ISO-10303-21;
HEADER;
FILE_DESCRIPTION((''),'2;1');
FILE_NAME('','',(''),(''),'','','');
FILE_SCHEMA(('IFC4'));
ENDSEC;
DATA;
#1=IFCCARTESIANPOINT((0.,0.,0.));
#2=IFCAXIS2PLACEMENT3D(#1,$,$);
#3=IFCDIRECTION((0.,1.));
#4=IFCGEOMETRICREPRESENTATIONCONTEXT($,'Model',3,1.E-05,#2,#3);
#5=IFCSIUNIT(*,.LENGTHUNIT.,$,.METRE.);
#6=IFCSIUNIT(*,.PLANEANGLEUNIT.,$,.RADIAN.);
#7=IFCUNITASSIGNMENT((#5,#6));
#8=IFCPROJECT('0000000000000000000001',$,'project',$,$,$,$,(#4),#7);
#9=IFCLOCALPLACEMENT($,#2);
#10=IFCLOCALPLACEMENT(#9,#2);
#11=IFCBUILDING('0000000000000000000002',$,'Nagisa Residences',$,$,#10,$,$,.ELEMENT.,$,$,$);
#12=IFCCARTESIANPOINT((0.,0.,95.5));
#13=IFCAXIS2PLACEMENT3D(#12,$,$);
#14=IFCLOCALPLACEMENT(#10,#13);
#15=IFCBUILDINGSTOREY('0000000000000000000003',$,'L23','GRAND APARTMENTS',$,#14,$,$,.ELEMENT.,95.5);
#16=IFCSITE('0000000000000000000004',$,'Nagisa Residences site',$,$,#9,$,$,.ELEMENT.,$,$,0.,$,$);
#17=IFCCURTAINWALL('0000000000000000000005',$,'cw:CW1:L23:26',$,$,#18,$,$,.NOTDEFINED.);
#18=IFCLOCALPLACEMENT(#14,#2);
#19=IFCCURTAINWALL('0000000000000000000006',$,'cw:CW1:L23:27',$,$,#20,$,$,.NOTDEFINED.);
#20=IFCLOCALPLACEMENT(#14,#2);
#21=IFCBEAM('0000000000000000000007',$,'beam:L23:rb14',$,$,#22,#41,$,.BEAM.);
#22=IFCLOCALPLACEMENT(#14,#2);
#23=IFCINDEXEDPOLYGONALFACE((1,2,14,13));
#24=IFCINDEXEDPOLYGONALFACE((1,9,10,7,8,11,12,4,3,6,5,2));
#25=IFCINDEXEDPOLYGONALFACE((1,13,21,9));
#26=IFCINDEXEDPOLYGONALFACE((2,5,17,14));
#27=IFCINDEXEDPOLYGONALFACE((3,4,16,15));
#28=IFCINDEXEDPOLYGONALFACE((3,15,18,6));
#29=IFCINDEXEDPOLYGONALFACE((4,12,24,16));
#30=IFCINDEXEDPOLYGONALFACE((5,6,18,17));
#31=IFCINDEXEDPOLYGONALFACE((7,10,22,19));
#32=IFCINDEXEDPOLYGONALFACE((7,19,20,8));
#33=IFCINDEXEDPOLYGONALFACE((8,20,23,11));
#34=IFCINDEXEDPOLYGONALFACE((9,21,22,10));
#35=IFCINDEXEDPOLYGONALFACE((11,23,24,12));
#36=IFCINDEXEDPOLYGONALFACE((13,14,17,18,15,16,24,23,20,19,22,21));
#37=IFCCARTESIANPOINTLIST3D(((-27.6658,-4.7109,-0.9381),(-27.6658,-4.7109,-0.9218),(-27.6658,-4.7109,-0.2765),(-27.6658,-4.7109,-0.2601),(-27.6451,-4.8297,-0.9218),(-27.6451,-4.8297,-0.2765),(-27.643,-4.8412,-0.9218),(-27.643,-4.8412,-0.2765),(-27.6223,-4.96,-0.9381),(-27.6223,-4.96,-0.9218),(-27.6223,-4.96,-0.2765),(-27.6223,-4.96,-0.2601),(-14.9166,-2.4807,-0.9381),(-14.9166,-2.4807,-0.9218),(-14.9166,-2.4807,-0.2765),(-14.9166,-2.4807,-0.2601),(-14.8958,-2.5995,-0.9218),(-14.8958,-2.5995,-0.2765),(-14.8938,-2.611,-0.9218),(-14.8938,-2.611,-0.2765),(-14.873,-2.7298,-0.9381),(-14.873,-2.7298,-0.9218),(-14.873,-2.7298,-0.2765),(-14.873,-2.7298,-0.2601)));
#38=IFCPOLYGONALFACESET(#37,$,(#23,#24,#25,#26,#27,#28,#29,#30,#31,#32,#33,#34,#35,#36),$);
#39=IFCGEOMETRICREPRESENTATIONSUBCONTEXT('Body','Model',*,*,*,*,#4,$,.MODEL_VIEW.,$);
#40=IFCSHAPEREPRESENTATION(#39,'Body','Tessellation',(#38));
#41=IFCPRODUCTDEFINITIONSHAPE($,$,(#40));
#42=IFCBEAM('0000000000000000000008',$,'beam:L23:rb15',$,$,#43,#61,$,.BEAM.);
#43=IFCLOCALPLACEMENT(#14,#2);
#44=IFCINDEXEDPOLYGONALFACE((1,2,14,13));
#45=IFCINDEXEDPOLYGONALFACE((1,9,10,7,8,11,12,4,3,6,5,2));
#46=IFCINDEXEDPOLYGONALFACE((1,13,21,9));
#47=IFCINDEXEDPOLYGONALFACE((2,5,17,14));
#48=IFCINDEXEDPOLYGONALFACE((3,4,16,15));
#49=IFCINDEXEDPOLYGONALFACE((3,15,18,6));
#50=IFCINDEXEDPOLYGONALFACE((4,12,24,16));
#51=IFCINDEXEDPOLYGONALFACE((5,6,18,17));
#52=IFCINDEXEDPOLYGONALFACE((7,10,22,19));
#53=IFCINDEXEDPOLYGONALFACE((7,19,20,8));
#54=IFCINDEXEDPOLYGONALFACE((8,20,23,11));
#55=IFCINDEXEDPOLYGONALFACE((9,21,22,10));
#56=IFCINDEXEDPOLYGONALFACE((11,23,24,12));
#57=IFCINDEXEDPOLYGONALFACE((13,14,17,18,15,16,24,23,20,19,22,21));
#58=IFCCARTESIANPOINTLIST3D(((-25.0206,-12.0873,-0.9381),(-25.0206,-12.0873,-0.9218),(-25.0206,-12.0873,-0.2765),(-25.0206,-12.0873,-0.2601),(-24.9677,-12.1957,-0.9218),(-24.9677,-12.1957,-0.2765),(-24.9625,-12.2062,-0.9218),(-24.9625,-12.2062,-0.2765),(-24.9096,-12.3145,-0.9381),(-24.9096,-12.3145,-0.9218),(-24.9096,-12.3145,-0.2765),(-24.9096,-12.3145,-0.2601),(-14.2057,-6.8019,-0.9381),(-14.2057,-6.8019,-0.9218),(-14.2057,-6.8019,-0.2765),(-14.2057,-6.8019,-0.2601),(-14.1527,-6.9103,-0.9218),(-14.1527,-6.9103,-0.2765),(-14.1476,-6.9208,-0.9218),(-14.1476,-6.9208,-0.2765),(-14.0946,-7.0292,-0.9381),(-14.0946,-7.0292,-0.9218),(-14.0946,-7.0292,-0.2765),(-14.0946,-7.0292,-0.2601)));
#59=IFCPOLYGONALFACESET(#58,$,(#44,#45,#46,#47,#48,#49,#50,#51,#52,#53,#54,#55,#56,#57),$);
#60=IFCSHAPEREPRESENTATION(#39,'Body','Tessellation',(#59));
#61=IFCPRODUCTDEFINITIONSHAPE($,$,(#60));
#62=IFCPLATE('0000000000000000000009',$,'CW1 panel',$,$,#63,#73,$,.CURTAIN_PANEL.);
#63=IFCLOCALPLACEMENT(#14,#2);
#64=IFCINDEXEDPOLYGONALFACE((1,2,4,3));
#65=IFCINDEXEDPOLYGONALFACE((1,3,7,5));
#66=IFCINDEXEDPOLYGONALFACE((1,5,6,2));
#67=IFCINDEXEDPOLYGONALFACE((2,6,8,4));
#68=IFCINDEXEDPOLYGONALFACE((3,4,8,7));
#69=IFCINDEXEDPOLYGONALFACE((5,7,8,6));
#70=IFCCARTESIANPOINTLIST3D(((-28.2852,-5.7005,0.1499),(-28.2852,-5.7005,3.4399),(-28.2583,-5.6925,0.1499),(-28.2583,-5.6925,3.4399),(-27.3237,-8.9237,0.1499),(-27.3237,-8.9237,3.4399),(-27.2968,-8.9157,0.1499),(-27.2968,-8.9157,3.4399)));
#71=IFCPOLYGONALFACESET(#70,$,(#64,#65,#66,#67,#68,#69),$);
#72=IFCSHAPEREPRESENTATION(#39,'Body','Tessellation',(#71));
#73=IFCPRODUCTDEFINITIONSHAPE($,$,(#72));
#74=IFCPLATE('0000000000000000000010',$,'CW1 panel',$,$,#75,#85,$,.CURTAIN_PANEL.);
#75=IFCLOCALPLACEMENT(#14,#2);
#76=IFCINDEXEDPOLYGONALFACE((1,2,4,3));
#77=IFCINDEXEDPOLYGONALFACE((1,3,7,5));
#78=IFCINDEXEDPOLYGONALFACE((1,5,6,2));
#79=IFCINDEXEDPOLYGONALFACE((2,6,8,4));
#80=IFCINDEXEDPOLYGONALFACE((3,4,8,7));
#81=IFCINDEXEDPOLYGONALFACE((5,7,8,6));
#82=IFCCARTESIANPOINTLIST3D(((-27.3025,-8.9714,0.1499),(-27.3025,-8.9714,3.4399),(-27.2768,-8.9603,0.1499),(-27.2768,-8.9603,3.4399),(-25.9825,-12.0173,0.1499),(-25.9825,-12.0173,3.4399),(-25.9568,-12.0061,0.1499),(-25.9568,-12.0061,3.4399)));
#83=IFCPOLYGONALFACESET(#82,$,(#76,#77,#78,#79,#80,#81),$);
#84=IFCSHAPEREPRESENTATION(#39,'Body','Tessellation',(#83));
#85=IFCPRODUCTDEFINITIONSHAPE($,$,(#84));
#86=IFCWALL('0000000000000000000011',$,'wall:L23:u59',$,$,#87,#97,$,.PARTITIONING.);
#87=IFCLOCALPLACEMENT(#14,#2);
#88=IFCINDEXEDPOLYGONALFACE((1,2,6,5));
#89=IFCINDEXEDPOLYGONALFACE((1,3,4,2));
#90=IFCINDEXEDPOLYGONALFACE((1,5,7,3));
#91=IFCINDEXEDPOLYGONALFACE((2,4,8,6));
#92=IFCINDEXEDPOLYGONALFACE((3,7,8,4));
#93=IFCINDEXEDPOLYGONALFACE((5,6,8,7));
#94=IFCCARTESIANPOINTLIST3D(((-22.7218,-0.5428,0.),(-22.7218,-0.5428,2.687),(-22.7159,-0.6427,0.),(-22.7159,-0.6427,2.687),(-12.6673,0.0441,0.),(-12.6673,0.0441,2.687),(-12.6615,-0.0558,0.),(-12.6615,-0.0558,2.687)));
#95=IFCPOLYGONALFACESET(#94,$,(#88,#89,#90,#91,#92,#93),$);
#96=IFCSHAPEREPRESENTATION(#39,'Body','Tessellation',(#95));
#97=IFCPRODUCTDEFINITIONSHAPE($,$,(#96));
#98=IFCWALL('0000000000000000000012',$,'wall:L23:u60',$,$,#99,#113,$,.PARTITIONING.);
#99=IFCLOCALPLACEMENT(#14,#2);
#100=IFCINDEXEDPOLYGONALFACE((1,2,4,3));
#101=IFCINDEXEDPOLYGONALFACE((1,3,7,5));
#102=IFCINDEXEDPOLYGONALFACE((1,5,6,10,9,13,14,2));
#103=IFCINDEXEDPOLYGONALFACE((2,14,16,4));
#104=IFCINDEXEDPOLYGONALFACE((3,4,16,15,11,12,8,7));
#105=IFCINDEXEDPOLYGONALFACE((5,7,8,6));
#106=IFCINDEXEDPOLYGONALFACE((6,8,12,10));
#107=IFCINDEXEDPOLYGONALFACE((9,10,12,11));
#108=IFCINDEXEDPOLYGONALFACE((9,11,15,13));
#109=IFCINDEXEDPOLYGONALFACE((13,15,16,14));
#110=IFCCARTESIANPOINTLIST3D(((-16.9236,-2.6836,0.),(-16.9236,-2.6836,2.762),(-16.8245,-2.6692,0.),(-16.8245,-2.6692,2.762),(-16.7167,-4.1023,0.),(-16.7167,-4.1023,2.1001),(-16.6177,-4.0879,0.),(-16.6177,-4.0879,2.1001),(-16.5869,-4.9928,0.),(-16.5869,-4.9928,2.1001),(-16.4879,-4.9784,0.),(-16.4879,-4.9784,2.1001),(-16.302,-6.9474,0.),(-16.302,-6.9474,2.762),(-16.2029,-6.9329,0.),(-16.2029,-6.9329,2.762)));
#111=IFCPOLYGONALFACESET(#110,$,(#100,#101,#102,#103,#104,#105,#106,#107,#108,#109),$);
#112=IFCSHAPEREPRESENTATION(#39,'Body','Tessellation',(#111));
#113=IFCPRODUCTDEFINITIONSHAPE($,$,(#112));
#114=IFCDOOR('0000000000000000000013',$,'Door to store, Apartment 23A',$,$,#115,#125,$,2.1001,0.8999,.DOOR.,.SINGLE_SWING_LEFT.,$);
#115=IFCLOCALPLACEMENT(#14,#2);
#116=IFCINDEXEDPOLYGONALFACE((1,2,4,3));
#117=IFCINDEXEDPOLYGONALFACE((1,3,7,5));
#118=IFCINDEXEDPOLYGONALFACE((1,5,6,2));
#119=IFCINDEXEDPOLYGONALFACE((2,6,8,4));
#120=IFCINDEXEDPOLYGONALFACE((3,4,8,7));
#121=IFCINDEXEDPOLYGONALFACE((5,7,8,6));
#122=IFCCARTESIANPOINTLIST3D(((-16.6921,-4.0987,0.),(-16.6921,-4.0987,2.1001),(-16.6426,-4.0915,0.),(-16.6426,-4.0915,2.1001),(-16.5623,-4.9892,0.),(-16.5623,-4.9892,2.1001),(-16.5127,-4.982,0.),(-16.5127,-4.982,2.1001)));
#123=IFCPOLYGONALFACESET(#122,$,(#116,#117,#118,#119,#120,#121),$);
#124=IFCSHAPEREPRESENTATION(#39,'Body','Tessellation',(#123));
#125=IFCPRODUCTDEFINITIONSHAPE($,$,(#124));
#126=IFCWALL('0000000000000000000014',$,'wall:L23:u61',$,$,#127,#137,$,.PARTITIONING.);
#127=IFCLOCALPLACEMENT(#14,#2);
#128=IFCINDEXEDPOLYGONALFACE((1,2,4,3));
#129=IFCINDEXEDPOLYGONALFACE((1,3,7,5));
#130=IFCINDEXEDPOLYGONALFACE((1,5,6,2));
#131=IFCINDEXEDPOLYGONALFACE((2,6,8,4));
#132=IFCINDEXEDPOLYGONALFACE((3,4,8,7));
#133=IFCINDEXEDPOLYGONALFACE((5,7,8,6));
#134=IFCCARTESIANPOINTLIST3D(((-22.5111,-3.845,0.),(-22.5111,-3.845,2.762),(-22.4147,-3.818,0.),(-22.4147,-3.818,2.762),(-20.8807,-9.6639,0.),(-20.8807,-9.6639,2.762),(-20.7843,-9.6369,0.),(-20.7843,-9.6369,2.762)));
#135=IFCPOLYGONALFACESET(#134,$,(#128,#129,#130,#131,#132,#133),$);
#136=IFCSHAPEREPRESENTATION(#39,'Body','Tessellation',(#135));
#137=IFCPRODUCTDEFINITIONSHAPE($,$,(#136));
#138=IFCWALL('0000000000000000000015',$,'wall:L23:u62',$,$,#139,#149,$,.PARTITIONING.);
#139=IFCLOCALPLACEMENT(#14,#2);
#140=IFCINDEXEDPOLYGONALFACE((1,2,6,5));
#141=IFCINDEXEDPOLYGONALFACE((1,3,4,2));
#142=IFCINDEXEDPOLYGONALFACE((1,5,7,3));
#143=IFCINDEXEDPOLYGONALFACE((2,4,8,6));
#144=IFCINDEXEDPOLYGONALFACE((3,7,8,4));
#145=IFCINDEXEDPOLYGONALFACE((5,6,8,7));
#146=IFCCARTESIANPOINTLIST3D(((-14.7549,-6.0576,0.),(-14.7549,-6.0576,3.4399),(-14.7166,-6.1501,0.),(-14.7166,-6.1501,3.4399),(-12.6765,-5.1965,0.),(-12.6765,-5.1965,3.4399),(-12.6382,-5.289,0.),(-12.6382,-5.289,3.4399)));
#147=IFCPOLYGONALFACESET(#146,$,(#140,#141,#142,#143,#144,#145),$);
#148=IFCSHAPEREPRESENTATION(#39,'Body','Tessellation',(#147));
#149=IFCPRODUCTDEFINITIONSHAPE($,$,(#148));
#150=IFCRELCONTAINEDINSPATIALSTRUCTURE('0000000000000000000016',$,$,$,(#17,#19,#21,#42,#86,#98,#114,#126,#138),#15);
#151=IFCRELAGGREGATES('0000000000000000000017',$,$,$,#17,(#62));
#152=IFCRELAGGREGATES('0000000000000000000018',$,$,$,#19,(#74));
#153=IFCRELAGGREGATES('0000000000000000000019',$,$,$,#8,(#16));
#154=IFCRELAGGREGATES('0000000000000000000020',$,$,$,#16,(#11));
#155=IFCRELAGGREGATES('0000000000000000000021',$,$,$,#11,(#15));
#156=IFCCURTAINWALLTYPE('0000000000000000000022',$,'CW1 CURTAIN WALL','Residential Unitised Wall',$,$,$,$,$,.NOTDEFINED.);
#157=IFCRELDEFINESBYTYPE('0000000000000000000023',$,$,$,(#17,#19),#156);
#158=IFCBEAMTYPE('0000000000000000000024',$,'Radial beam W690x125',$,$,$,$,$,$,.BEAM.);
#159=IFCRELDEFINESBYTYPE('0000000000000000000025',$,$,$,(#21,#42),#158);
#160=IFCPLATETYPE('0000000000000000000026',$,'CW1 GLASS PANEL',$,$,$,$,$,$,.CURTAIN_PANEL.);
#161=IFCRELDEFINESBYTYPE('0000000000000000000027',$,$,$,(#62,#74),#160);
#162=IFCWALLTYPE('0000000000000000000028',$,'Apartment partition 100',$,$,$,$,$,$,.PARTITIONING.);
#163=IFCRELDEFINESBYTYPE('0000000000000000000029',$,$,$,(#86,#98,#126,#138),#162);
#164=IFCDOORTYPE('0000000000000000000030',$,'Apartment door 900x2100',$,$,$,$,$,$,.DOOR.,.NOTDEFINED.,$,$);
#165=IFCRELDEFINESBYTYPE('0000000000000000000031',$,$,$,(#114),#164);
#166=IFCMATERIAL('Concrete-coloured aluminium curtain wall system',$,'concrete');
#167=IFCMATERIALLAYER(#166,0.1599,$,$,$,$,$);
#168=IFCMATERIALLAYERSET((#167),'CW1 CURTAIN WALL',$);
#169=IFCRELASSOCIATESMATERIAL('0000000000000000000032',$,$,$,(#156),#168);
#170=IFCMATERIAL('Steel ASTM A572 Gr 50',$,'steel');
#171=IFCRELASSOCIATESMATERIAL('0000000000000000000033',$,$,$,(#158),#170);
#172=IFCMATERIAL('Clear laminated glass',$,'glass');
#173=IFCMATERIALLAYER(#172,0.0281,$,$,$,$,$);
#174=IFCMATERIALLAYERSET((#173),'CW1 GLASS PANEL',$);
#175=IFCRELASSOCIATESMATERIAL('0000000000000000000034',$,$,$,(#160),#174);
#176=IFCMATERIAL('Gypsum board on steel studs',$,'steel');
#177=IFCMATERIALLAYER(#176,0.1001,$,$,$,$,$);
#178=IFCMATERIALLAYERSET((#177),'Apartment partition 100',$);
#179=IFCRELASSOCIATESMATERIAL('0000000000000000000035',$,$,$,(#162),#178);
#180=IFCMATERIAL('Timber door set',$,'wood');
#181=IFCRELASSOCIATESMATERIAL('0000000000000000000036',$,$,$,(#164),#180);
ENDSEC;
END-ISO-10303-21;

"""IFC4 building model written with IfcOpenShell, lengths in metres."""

from ifc_helpers import new_model, si_unit, direction, frame, frame_2d, origin, origin_2d, place, context, subcontext, project, spatial, rectangle, i_section, extrude, material, layer, layer_set, material_profile, profile_set, type_object, element, fill, aggregate, save


model = new_model("IFC4")

# Units and contexts
model_context = context("Model", 3, precision=1e-05, world=origin(), true_north=direction((0.0, 1.0)))
body_context = subcontext(model_context, "Body", "Model", "MODEL_VIEW")
ifc_project = project(units=[si_unit("LENGTHUNIT", "METRE"), si_unit("PLANEANGLEUNIT", "RADIAN")], contexts=[model_context])

# Site, building, storey
site_placement = place(None, origin())
site = spatial("IfcSite", under=ifc_project, at=site_placement, Name="Nagisa Residences site", CompositionType="ELEMENT", RefElevation=0.0)
building_placement = place(site_placement, origin())
building = spatial("IfcBuilding", under=site, at=building_placement, Name="Nagisa Residences", CompositionType="ELEMENT")
storey_placement = place(building_placement, frame((0.0, 0.0, 95.5)))
storey = spatial("IfcBuildingStorey", under=building, at=storey_placement, Name="L23", Description="GRAND APARTMENTS", CompositionType="ELEMENT", Elevation=95.5)

# Curtain walls
ifc_material_1 = material(Name="Concrete-coloured aluminium curtain wall system", Category="concrete")
ifc_layer_1 = layer(ifc_material_1, 0.1599)
ifc_layer_set_1 = layer_set([ifc_layer_1], Name="CW1 CURTAIN WALL")
curtain_wall_type = type_object("IfcCurtainWallType", Name="CW1 CURTAIN WALL", Description="Residential Unitised Wall", PredefinedType="NOTDEFINED", material=ifc_layer_set_1)
curtain_wall_1_placement = place(storey_placement, origin())
curtain_wall_1 = element("IfcCurtainWall", 1, at=curtain_wall_1_placement, inside=storey, type_object=curtain_wall_type, Name="cw:CW1:L23:26", PredefinedType="NOTDEFINED")
curtain_wall_2_placement = place(storey_placement, origin())
curtain_wall_2 = element("IfcCurtainWall", 2, at=curtain_wall_2_placement, inside=storey, type_object=curtain_wall_type, Name="cw:CW1:L23:27", PredefinedType="NOTDEFINED")

# Beams
ifc_material_2 = material(Name="Steel ASTM A572 Gr 50", Category="steel")
ifc_material_profile_1 = material_profile(ifc_material_2, i_section(OverallWidth=0.2529, OverallDepth=0.678, WebThickness=0.0117, FlangeThickness=0.0164, at=origin_2d()), Name="W690x125")
ifc_profile_set_1 = profile_set([ifc_material_profile_1], Name="Steel ASTM A572 Gr 50")
beam_type_1 = type_object("IfcBeamType", Name="Radial beam W690x125", PredefinedType="BEAM", material=ifc_profile_set_1)
beam_1_placement = place(storey_placement, frame((-27.644, -4.8354, -0.5991), z_axis=(0.985042, 0.172313, 0.0), x_axis=(-0.172313, 0.985042, 0.0)))
element("IfcBeam", 3, at=beam_1_placement, inside=storey, type_object=beam_type_1, Name="beam:L23:rb14", PredefinedType="BEAM", context=body_context, shape_type="SweptSolid", body=[
    extrude(i_section(OverallWidth=0.2529, OverallDepth=0.678, WebThickness=0.0117, FlangeThickness=0.0164, at=origin_2d()), origin(), (0.0, 0.0, 1.0), 12.9429),
])
beam_2_placement = place(storey_placement, frame((-24.9651, -12.2009, -0.5991), z_axis=(0.898447, 0.439082, 0.0), x_axis=(-0.439082, 0.898447, 0.0)))
element("IfcBeam", 4, at=beam_2_placement, inside=storey, type_object=beam_type_1, Name="beam:L23:rb15", PredefinedType="BEAM", context=body_context, shape_type="SweptSolid", body=[
    extrude(i_section(OverallWidth=0.2529, OverallDepth=0.678, WebThickness=0.0117, FlangeThickness=0.0164, at=origin_2d()), origin(), (0.0, 0.0, 1.0), 12.0374),
])

# Plates
ifc_material_3 = material(Name="Clear laminated glass", Category="glass")
ifc_layer_2 = layer(ifc_material_3, 0.0281)
ifc_layer_set_2 = layer_set([ifc_layer_2], Name="CW1 GLASS PANEL")
plate_type = type_object("IfcPlateType", Name="CW1 GLASS PANEL", PredefinedType="CURTAIN_PANEL", material=ifc_layer_set_2)
plate_1_placement = place(storey_placement, frame((-27.791, -7.3081, 0.1499), z_axis=(0.0, 0.0, 1.0), x_axis=(0.28586, -0.958271, 0.0)))
plate_1 = element("IfcPlate", 5, at=plate_1_placement, type_object=plate_type, Name="CW1 panel", PredefinedType="CURTAIN_PANEL", context=body_context, shape_type="SweptSolid", body=[
    extrude(rectangle(XDim=3.3635, YDim=0.0281, at=origin_2d()), origin(), (0.0, 0.0, 1.0), 3.29),
])
aggregate(curtain_wall_1, [plate_1])
plate_2_placement = place(storey_placement, frame((-26.6296, -10.4888, 0.1499), z_axis=(0.0, 0.0, 1.0), x_axis=(0.397636, -0.917543, 0.0)))
plate_2 = element("IfcPlate", 6, at=plate_2_placement, type_object=plate_type, Name="CW1 panel", PredefinedType="CURTAIN_PANEL", context=body_context, shape_type="SweptSolid", body=[
    extrude(rectangle(XDim=3.3196, YDim=0.0281, at=origin_2d()), origin(), (0.0, 0.0, 1.0), 3.29),
])
aggregate(curtain_wall_2, [plate_2])

# Wall
ifc_material_4 = material(Name="Gypsum board on steel studs", Category="steel")
ifc_layer_3 = layer(ifc_material_4, 0.1001)
ifc_layer_set_3 = layer_set([ifc_layer_3], Name="Apartment partition 100")
wall_type_1 = type_object("IfcWallType", Name="Apartment partition 100", PredefinedType="PARTITIONING", material=ifc_layer_set_3)
wall_1_placement = place(storey_placement, frame((-12.6646, -0.0059, 0.0), z_axis=(0.0, 0.0, 1.0), x_axis=(-0.998301, -0.058274, 0.0)))
element("IfcWall", 7, at=wall_1_placement, inside=storey, type_object=wall_type_1, Name="wall:L23:u59", PredefinedType="PARTITIONING", context=body_context, shape_type="SweptSolid", body=[
    extrude(rectangle(XDim=10.0715, YDim=0.1001, at=frame_2d((5.0356, 0.0))), origin(), (0.0, 0.0, 1.0), 2.687),
])

# Wall, opening, door
wall_2_placement = place(storey_placement, frame((-16.874, -2.6765, 0.0), z_axis=(0.0, 0.0, 1.0), x_axis=(0.144261, -0.98954, 0.0)))
wall_2 = element("IfcWall", 8, at=wall_2_placement, inside=storey, type_object=wall_type_1, Name="wall:L23:u60", PredefinedType="PARTITIONING", context=body_context, shape_type="SweptSolid", body=[
    extrude(rectangle(XDim=4.3088, YDim=0.1001, at=frame_2d((2.1543, 0.0))), origin(), (0.0, 0.0, 1.0), 2.762),
])
opening_1_placement = place(wall_2_placement, frame((1.4336, 0.0, 0.0)))
opening_1 = element("IfcOpeningElement", 9, at=opening_1_placement, cuts=wall_2, PredefinedType="OPENING", context=body_context, shape_type="SweptSolid", body=[
    extrude(rectangle(XDim=0.8999, YDim=2.1001, at=frame_2d((0.45, 1.05))), frame((0.0, 0.0601, 0.0), z_axis=(0.0, -1.0, 0.0), x_axis=(1.0, 0.0, 0.0)), (0.0, 0.0, 1.0), 0.1201),
])
ifc_material_5 = material(Name="Timber door set", Category="wood")
door_type_1 = type_object("IfcDoorType", Name="Apartment door 900x2100", OperationType="NOTDEFINED", PredefinedType="DOOR", material=ifc_material_5)
door_1_placement = place(opening_1_placement, origin())
door_1 = element("IfcDoor", 10, at=door_1_placement, inside=storey, type_object=door_type_1, Name="Door to store, Apartment 23A", OperationType="SINGLE_SWING_LEFT", OverallHeight=2.1001, OverallWidth=0.8999, PredefinedType="DOOR", context=body_context, shape_type="SweptSolid", body=[
    extrude(rectangle(XDim=0.8999, YDim=2.1001, at=frame_2d((0.45, 1.05))), frame((0.0, 0.0249, 0.0), z_axis=(0.0, -1.0, 0.0), x_axis=(1.0, 0.0, 0.0)), (0.0, 0.0, 1.0), 0.05),
])
fill(opening_1, door_1)

# Walls
wall_3_placement = place(storey_placement, frame((-22.4629, -3.8315, 0.0), z_axis=(0.0, 0.0, 1.0), x_axis=(0.269798, -0.962917, 0.0)))
element("IfcWall", 11, at=wall_3_placement, inside=storey, type_object=wall_type_1, Name="wall:L23:u61", PredefinedType="PARTITIONING", context=body_context, shape_type="SweptSolid", body=[
    extrude(rectangle(XDim=6.043, YDim=0.1001, at=frame_2d((3.0215, 0.0))), origin(), (0.0, 0.0, 1.0), 2.762),
])
wall_4_placement = place(storey_placement, frame((-12.6572, -5.2427, 0.0), z_axis=(0.0, 0.0, 1.0), x_axis=(-0.923849, -0.382758, 0.0)))
element("IfcWall", 12, at=wall_4_placement, inside=storey, type_object=wall_type_1, Name="wall:L23:u62", PredefinedType="PARTITIONING", context=body_context, shape_type="SweptSolid", body=[
    extrude(rectangle(XDim=2.2498, YDim=0.1001, at=frame_2d((1.125, 0.0))), origin(), (0.0, 0.0, 1.0), 3.4399),
])

save(model, "model.ifc")
